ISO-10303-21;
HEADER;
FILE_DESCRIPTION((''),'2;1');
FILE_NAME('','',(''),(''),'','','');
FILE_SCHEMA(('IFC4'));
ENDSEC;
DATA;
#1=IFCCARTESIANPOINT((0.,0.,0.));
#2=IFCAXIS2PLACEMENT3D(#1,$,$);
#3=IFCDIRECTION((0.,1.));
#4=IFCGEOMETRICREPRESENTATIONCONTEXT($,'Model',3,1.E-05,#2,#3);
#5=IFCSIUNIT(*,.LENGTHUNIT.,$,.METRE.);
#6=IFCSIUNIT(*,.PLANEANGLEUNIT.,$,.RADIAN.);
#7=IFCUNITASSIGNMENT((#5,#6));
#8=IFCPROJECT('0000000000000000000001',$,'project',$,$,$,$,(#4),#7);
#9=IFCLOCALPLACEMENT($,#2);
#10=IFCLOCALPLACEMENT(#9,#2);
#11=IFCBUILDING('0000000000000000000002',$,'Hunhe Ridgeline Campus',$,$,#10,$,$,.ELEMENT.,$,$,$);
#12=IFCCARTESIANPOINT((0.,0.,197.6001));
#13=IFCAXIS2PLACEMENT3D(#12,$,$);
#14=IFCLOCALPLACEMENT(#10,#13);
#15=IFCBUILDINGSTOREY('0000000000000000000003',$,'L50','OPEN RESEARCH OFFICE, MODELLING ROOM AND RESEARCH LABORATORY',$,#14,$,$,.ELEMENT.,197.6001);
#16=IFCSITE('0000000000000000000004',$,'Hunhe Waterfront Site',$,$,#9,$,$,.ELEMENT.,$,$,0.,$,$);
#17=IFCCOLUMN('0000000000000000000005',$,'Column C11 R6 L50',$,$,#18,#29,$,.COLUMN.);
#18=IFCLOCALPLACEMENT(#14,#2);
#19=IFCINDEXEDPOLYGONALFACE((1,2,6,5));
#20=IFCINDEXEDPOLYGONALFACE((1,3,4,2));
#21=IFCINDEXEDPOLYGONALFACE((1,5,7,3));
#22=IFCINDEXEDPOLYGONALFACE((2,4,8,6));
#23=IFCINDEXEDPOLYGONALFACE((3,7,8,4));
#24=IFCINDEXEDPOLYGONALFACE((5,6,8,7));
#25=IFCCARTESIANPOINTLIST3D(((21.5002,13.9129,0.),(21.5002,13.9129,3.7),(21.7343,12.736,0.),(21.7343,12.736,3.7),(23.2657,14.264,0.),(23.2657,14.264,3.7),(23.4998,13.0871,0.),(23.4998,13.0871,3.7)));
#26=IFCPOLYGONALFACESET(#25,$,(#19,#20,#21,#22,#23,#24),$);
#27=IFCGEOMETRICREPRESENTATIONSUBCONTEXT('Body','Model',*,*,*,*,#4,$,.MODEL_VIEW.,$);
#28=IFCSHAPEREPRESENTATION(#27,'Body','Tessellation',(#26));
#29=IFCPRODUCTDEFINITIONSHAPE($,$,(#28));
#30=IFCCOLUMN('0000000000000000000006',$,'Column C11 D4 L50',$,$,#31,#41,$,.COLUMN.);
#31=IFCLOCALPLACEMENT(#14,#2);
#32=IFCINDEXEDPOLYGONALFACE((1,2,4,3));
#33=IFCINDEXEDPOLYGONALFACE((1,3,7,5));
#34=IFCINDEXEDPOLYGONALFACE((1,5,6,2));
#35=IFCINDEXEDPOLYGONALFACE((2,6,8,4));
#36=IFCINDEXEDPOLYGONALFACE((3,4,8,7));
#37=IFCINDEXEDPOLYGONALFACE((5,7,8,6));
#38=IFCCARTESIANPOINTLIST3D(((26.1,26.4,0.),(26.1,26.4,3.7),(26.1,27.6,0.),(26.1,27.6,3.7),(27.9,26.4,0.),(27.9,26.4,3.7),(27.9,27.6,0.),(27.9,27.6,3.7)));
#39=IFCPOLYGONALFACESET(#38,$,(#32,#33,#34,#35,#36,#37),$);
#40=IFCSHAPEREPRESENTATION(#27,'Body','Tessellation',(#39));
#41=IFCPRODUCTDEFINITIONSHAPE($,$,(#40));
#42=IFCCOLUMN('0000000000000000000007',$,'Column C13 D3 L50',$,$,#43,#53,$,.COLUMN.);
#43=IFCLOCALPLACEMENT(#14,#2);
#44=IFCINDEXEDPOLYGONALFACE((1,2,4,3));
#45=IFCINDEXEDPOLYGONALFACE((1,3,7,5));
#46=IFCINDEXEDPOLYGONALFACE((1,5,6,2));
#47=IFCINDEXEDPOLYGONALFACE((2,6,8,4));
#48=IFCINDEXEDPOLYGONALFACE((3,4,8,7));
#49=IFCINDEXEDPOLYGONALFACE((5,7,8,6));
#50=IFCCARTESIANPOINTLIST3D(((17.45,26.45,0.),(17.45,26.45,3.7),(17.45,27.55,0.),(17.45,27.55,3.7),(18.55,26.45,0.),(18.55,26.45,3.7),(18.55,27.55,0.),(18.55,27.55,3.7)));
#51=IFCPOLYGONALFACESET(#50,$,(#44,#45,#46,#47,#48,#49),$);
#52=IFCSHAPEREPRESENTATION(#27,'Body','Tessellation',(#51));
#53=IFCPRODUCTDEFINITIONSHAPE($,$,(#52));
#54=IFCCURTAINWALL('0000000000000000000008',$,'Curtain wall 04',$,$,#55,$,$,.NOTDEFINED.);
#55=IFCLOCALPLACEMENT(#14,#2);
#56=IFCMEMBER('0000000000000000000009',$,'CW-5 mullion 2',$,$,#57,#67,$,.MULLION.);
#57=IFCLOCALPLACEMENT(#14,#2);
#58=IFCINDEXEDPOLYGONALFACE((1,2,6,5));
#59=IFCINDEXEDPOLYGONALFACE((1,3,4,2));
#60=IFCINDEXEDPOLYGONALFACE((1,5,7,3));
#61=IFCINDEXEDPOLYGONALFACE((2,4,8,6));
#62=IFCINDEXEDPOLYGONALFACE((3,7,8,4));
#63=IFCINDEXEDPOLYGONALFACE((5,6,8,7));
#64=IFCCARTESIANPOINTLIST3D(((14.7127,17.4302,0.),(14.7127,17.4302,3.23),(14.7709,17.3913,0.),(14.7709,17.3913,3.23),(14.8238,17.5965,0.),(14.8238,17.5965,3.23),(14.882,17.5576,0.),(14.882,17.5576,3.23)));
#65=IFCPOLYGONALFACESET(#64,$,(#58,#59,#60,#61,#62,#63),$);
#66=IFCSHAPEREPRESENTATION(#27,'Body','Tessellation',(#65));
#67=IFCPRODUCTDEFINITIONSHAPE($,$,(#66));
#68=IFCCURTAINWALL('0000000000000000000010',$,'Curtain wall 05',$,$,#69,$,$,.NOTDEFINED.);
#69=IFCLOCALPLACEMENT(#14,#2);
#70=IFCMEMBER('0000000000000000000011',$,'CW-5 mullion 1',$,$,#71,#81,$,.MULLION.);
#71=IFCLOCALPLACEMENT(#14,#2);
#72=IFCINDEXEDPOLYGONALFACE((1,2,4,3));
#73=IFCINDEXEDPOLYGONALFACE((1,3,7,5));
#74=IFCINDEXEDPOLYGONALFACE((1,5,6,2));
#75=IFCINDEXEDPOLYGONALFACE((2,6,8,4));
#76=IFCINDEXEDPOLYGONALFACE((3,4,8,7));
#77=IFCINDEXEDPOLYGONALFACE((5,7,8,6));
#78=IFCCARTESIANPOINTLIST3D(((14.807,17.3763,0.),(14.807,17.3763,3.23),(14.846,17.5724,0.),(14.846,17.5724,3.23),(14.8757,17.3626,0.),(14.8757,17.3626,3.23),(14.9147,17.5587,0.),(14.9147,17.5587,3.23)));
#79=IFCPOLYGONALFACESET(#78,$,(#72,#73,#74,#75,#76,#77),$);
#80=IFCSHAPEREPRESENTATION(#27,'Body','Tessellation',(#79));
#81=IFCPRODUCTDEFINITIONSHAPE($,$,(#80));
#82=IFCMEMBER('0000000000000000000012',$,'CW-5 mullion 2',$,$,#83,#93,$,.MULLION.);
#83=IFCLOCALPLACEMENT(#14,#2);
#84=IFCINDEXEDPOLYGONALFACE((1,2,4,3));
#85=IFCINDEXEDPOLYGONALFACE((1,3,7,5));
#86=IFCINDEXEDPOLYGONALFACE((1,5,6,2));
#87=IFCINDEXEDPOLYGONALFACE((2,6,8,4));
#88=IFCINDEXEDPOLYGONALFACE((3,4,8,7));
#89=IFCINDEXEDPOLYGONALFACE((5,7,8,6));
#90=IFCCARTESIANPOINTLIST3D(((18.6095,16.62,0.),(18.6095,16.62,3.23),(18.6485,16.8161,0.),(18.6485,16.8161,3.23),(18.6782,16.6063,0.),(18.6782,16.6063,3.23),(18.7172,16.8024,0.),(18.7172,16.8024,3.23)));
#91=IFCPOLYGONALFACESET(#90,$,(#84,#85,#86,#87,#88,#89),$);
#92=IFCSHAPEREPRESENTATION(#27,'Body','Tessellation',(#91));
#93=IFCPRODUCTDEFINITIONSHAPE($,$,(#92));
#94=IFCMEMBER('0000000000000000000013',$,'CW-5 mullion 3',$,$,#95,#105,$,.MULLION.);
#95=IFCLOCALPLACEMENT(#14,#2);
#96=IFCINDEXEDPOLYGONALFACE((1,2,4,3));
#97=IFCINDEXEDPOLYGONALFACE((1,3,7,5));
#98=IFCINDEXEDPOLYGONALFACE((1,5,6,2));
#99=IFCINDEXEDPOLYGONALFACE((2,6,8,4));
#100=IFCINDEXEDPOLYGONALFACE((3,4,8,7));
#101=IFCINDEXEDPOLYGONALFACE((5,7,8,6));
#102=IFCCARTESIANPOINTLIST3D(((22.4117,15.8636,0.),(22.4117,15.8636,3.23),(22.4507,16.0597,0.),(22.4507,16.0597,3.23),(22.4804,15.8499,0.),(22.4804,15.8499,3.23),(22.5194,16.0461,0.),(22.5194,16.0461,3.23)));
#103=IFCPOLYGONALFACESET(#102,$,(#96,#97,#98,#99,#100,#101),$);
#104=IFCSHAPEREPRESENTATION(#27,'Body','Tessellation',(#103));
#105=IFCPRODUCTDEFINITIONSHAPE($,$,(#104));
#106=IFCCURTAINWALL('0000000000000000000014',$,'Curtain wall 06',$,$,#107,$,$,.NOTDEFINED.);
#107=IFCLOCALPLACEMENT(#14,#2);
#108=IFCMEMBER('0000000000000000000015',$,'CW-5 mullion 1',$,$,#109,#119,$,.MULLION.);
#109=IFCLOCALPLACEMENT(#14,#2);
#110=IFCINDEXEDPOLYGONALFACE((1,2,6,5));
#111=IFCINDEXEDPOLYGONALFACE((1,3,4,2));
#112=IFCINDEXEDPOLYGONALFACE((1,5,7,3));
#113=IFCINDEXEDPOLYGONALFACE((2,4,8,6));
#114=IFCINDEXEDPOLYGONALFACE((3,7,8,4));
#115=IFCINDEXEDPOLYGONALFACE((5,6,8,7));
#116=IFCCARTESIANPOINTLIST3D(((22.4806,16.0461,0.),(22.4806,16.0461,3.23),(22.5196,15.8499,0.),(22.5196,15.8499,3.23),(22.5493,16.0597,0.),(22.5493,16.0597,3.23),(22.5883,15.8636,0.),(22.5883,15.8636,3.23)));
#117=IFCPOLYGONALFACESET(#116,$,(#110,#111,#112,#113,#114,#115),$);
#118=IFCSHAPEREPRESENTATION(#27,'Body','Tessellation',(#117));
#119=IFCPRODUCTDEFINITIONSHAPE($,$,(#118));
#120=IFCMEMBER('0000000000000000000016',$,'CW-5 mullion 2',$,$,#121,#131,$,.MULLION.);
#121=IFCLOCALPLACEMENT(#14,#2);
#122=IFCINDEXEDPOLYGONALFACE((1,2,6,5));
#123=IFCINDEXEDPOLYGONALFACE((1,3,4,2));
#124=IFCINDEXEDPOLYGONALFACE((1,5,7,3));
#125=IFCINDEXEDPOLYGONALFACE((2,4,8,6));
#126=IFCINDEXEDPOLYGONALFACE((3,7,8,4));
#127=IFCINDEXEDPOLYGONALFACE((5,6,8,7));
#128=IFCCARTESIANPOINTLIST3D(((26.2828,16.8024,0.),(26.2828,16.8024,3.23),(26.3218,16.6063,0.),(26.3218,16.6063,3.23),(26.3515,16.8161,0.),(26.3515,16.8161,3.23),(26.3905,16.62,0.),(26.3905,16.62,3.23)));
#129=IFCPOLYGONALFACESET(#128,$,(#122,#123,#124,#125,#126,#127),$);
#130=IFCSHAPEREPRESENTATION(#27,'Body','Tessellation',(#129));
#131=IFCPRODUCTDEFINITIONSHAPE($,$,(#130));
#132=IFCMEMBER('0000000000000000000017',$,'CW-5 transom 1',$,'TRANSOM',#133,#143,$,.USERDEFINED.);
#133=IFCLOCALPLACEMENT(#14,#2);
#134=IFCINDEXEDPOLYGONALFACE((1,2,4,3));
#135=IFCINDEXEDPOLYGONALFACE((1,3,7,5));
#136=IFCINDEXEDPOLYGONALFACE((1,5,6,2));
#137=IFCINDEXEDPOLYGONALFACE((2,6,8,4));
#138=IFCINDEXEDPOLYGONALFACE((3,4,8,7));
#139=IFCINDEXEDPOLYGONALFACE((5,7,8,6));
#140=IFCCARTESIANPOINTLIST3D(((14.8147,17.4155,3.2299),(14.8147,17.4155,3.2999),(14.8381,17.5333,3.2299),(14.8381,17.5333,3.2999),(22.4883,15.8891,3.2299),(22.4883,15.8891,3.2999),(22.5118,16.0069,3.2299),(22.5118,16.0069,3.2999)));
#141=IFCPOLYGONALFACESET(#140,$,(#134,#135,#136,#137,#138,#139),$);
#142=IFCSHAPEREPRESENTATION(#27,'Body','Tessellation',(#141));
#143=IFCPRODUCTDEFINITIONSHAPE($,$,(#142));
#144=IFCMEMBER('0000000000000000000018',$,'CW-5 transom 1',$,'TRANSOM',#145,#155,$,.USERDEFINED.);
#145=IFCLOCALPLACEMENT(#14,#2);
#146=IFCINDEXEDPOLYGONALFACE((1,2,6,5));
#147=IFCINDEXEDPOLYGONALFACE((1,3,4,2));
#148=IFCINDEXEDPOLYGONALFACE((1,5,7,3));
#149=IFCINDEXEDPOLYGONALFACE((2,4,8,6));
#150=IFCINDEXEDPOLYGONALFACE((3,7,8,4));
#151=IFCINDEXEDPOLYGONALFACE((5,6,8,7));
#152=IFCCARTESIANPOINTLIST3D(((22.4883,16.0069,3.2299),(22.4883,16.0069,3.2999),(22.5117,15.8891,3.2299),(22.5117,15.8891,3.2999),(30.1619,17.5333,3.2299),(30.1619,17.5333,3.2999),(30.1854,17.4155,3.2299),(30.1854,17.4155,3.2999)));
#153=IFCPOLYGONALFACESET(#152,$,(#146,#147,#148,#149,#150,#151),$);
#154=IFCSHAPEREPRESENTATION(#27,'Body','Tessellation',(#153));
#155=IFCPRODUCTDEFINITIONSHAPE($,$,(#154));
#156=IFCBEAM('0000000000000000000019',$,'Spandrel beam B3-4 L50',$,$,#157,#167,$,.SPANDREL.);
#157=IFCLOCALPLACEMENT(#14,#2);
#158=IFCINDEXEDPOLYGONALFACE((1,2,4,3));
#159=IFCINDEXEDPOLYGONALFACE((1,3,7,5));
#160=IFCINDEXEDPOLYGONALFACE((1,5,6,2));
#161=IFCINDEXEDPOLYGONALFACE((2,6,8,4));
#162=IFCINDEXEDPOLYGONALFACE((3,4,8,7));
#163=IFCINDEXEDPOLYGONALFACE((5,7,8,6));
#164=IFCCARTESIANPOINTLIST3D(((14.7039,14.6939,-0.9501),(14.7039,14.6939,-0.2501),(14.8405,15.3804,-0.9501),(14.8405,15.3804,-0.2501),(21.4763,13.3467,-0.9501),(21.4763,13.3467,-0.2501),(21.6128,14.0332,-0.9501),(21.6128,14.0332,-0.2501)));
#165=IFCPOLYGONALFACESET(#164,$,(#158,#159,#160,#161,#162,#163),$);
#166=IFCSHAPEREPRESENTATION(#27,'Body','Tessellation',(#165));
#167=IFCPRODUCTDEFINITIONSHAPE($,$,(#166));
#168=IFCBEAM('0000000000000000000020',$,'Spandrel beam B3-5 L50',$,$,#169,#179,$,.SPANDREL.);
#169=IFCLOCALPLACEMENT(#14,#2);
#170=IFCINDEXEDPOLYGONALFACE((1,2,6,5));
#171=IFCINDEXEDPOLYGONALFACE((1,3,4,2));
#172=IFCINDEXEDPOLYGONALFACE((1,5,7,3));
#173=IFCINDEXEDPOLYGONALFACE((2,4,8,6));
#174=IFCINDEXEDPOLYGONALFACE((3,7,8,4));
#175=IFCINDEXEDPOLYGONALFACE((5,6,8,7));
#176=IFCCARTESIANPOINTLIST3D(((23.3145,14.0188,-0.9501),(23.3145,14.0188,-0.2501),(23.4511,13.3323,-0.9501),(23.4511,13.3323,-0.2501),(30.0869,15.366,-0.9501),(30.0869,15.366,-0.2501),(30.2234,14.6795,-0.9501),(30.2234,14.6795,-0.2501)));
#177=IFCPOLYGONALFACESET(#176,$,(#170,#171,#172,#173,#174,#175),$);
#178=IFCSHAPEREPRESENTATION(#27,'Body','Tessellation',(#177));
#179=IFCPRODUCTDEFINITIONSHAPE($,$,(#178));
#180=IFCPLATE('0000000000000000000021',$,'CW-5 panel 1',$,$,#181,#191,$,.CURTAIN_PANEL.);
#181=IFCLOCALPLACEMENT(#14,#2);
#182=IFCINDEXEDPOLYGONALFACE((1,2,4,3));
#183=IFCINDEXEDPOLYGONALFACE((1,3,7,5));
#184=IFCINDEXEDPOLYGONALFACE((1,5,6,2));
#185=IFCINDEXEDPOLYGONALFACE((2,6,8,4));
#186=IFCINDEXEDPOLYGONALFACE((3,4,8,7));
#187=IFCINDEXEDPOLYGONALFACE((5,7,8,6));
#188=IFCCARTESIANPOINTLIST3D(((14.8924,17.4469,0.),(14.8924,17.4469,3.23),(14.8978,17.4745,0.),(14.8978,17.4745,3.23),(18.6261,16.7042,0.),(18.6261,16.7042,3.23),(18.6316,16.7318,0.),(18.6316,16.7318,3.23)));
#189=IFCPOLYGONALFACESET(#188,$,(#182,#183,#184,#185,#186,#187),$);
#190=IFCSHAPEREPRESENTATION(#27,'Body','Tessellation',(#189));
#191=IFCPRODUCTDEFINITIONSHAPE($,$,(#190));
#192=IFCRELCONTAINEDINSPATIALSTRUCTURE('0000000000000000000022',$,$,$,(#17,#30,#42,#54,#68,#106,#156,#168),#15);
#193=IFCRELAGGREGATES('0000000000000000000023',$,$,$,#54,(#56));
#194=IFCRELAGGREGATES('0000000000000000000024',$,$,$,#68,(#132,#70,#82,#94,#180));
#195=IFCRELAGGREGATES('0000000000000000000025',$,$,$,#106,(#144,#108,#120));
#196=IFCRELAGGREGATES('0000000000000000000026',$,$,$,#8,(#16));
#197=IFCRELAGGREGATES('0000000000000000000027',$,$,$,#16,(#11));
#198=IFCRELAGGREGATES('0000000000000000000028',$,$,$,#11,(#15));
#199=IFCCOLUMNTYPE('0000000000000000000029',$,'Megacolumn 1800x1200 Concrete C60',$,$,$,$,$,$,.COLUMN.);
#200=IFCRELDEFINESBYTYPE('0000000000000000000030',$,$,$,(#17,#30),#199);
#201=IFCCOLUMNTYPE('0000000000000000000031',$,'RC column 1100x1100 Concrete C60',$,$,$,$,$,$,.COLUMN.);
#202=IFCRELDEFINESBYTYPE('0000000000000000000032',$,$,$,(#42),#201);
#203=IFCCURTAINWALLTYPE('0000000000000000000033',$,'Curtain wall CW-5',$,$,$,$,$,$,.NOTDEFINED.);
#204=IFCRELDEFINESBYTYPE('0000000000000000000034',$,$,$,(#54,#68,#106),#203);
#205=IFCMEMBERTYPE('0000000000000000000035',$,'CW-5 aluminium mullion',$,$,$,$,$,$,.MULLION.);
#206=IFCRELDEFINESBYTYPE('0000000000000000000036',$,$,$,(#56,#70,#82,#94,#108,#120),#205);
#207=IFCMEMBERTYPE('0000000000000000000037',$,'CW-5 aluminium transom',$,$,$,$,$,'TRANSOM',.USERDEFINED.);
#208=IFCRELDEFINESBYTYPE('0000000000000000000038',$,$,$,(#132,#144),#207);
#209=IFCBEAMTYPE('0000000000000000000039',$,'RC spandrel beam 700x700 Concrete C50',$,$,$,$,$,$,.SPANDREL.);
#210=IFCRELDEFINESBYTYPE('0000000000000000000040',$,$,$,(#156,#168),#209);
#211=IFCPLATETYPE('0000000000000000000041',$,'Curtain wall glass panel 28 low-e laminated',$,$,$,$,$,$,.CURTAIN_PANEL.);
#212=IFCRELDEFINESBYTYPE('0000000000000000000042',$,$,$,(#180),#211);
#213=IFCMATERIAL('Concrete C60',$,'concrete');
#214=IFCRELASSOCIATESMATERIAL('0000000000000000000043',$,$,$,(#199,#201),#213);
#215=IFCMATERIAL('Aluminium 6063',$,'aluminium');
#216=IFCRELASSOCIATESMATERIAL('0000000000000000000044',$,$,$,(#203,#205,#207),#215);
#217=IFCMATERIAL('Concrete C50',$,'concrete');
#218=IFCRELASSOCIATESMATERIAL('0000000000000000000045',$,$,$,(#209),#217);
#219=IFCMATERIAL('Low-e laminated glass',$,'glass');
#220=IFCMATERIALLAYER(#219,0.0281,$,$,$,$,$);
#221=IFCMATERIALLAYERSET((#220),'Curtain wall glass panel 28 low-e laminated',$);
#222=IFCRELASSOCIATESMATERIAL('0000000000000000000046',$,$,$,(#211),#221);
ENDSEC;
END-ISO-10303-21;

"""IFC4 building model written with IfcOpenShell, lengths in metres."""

from ifc_helpers import new_model, si_unit, direction, frame, origin, origin_2d, place, context, subcontext, project, spatial, rectangle, extrude, material, layer, layer_set, material_profile, profile_set, type_object, element, aggregate, save


model = new_model("IFC4")

# Units and contexts
model_context = context("Model", 3, precision=1e-05, world=origin(), true_north=direction((0.0, 1.0)))
body_context = subcontext(model_context, "Body", "Model", "MODEL_VIEW")
ifc_project = project(units=[si_unit("LENGTHUNIT", "METRE"), si_unit("PLANEANGLEUNIT", "RADIAN")], contexts=[model_context])

# Site, building, storey
site_placement = place(None, origin())
site = spatial("IfcSite", under=ifc_project, at=site_placement, Name="Hunhe Waterfront Site", CompositionType="ELEMENT", RefElevation=0.0)
building_placement = place(site_placement, origin())
building = spatial("IfcBuilding", under=site, at=building_placement, Name="Hunhe Ridgeline Campus", CompositionType="ELEMENT")
storey_placement = place(building_placement, frame((0.0, 0.0, 197.6001)))
storey = spatial("IfcBuildingStorey", under=building, at=storey_placement, Name="L50", Description="OPEN RESEARCH OFFICE, MODELLING ROOM AND RESEARCH LABORATORY", CompositionType="ELEMENT", Elevation=197.6001)

# Columns
ifc_material_1 = material(Name="Concrete C60", Category="concrete")
ifc_material_profile_1 = material_profile(ifc_material_1, rectangle(XDim=1.8, YDim=1.2, at=origin_2d()))
ifc_profile_set_1 = profile_set([ifc_material_profile_1], Name="Concrete C60")
column_type_1 = type_object("IfcColumnType", Name="Megacolumn 1800x1200 Concrete C60", PredefinedType="COLUMN", material=ifc_profile_set_1)
for number, where, z_axis, x_axis, name in (
    (1, (22.5, 13.5, 0.0), (0.0, 0.0, 1.0), (0.980785, 0.19509, 0.0), "Column C11 R6 L50"),
    (2, (27.0, 27.0, 0.0), (0.0, 0.0, 1.0), (1.0, 0.0, 0.0), "Column C11 D4 L50"),
):
    element("IfcColumn", number, at=place(storey_placement, frame(where, z_axis=z_axis, x_axis=x_axis)), inside=storey, type_object=column_type_1, Name=name, PredefinedType="COLUMN", context=body_context, shape_type="SweptSolid", body=[
        extrude(rectangle(XDim=1.8, YDim=1.2, at=origin_2d()), origin(), (0.0, 0.0, 1.0), 3.7),
    ])
ifc_material_profile_2 = material_profile(ifc_material_1, rectangle(XDim=1.1001, YDim=1.1001, at=origin_2d()))
ifc_profile_set_2 = profile_set([ifc_material_profile_2], Name="Concrete C60")
column_type_2 = type_object("IfcColumnType", Name="RC column 1100x1100 Concrete C60", PredefinedType="COLUMN", material=ifc_profile_set_2)
column_placement = place(storey_placement, frame((18.0, 27.0, 0.0), z_axis=(0.0, 0.0, 1.0), x_axis=(1.0, 0.0, 0.0)))
element("IfcColumn", 3, at=column_placement, inside=storey, type_object=column_type_2, Name="Column C13 D3 L50", PredefinedType="COLUMN", context=body_context, shape_type="SweptSolid", body=[
    extrude(rectangle(XDim=1.1001, YDim=1.1001, at=origin_2d()), origin(), (0.0, 0.0, 1.0), 3.7),
])

# Curtain wall, member
ifc_material_2 = material(Name="Aluminium 6063", Category="aluminium")
curtain_wall_type = type_object("IfcCurtainWallType", Name="Curtain wall CW-5", PredefinedType="NOTDEFINED", material=ifc_material_2)
curtain_wall_1_placement = place(storey_placement, origin())
curtain_wall_1 = element("IfcCurtainWall", 4, at=curtain_wall_1_placement, inside=storey, type_object=curtain_wall_type, Name="Curtain wall 04", PredefinedType="NOTDEFINED")
ifc_material_profile_3 = material_profile(ifc_material_2, rectangle(XDim=0.2, YDim=0.0701, at=origin_2d()))
ifc_profile_set_3 = profile_set([ifc_material_profile_3], Name="Aluminium 6063")
member_type_1 = type_object("IfcMemberType", Name="CW-5 aluminium mullion", PredefinedType="MULLION", material=ifc_profile_set_3)
member_1_placement = place(storey_placement, frame((14.7974, 17.4939, 0.0), z_axis=(0.0, 0.0, 1.0), x_axis=(0.55557, 0.83147, 0.0)))
member_1 = element("IfcMember", 5, at=member_1_placement, type_object=member_type_1, Name="CW-5 mullion 2", PredefinedType="MULLION", context=body_context, shape_type="SweptSolid", body=[
    extrude(rectangle(XDim=0.2, YDim=0.0701, at=origin_2d()), origin(), (0.0, 0.0, 1.0), 3.23),
])
aggregate(curtain_wall_1, [member_1])

# Curtain walls, members
curtain_wall_2_placement = place(storey_placement, origin())
curtain_wall_2 = element("IfcCurtainWall", 6, at=curtain_wall_2_placement, inside=storey, type_object=curtain_wall_type, Name="Curtain wall 05", PredefinedType="NOTDEFINED")
member_2_placement = place(storey_placement, frame((14.8608, 17.4675, 0.0), z_axis=(0.0, 0.0, 1.0), x_axis=(0.19509, 0.980785, 0.0)))
member_2 = element("IfcMember", 7, at=member_2_placement, type_object=member_type_1, Name="CW-5 mullion 1", PredefinedType="MULLION", context=body_context, shape_type="SweptSolid", body=[
    extrude(rectangle(XDim=0.2, YDim=0.0701, at=origin_2d()), origin(), (0.0, 0.0, 1.0), 3.23),
])
member_3_placement = place(storey_placement, frame((18.6633, 16.7112, 0.0), z_axis=(0.0, 0.0, 1.0), x_axis=(0.19509, 0.980785, 0.0)))
member_3 = element("IfcMember", 8, at=member_3_placement, type_object=member_type_1, Name="CW-5 mullion 2", PredefinedType="MULLION", context=body_context, shape_type="SweptSolid", body=[
    extrude(rectangle(XDim=0.2, YDim=0.0701, at=origin_2d()), origin(), (0.0, 0.0, 1.0), 3.23),
])
member_4_placement = place(storey_placement, frame((22.4656, 15.9548, 0.0), z_axis=(0.0, 0.0, 1.0), x_axis=(0.19509, 0.980785, 0.0)))
member_4 = element("IfcMember", 9, at=member_4_placement, type_object=member_type_1, Name="CW-5 mullion 3", PredefinedType="MULLION", context=body_context, shape_type="SweptSolid", body=[
    extrude(rectangle(XDim=0.2, YDim=0.0701, at=origin_2d()), origin(), (0.0, 0.0, 1.0), 3.23),
])
curtain_wall_3_placement = place(storey_placement, origin())
curtain_wall_3 = element("IfcCurtainWall", 10, at=curtain_wall_3_placement, inside=storey, type_object=curtain_wall_type, Name="Curtain wall 06", PredefinedType="NOTDEFINED")
member_5_placement = place(storey_placement, frame((22.5344, 15.9548, 0.0), z_axis=(0.0, 0.0, 1.0), x_axis=(-0.19509, 0.980785, 0.0)))
member_5 = element("IfcMember", 11, at=member_5_placement, type_object=member_type_1, Name="CW-5 mullion 1", PredefinedType="MULLION", context=body_context, shape_type="SweptSolid", body=[
    extrude(rectangle(XDim=0.2, YDim=0.0701, at=origin_2d()), origin(), (0.0, 0.0, 1.0), 3.23),
])
member_6_placement = place(storey_placement, frame((26.3367, 16.7112, 0.0), z_axis=(0.0, 0.0, 1.0), x_axis=(-0.19509, 0.980785, 0.0)))
member_6 = element("IfcMember", 12, at=member_6_placement, type_object=member_type_1, Name="CW-5 mullion 2", PredefinedType="MULLION", context=body_context, shape_type="SweptSolid", body=[
    extrude(rectangle(XDim=0.2, YDim=0.0701, at=origin_2d()), origin(), (0.0, 0.0, 1.0), 3.23),
])

# Members
ifc_material_profile_4 = material_profile(ifc_material_2, rectangle(XDim=0.1201, YDim=0.0701, at=origin_2d()))
ifc_profile_set_4 = profile_set([ifc_material_profile_4], Name="Aluminium 6063")
member_type_2 = type_object("IfcMemberType", Name="CW-5 aluminium transom", ElementType="TRANSOM", PredefinedType="USERDEFINED", material=ifc_profile_set_4)
member_7_placement = place(storey_placement, frame((14.8264, 17.4744, 3.2649), z_axis=(0.980785, -0.19509, 0.0), x_axis=(0.19509, 0.980785, 0.0)))
member_7 = element("IfcMember", 13, at=member_7_placement, type_object=member_type_2, Name="CW-5 transom 1", ObjectType="TRANSOM", PredefinedType="USERDEFINED", context=body_context, shape_type="SweptSolid", body=[
    extrude(rectangle(XDim=0.1201, YDim=0.0701, at=origin_2d()), origin(), (0.0, 0.0, 1.0), 7.824),
])
member_8_placement = place(storey_placement, frame((22.5, 15.948, 3.2649), z_axis=(0.980785, 0.19509, 0.0), x_axis=(-0.19509, 0.980785, 0.0)))
member_8 = element("IfcMember", 14, at=member_8_placement, type_object=member_type_2, Name="CW-5 transom 1", ObjectType="TRANSOM", PredefinedType="USERDEFINED", context=body_context, shape_type="SweptSolid", body=[
    extrude(rectangle(XDim=0.1201, YDim=0.0701, at=origin_2d()), origin(), (0.0, 0.0, 1.0), 7.824),
])

# Beams
ifc_material_3 = material(Name="Concrete C50", Category="concrete")
ifc_material_profile_5 = material_profile(ifc_material_3, rectangle(XDim=0.7, YDim=0.7, at=origin_2d()))
ifc_profile_set_5 = profile_set([ifc_material_profile_5], Name="Concrete C50")
beam_type = type_object("IfcBeamType", Name="RC spandrel beam 700x700 Concrete C50", PredefinedType="SPANDREL", material=ifc_profile_set_5)
for number, where, z_axis, x_axis, name in (
    (15, (14.7722, 15.0371, -0.6001), (0.980784, -0.195096, 0.0), (0.195096, 0.980784, 0.0), "Spandrel beam B3-4 L50"),
    (16, (23.3828, 13.6755, -0.6001), (0.980783, 0.195103, 0.0), (-0.195103, 0.980783, 0.0), "Spandrel beam B3-5 L50"),
):
    element("IfcBeam", number, at=place(storey_placement, frame(where, z_axis=z_axis, x_axis=x_axis)), inside=storey, type_object=beam_type, Name=name, PredefinedType="SPANDREL", context=body_context, shape_type="SweptSolid", body=[
        extrude(rectangle(XDim=0.7, YDim=0.7, at=origin_2d()), origin(), (0.0, 0.0, 1.0), 6.905),
    ])

# Plate
ifc_material_4 = material(Name="Low-e laminated glass", Category="glass")
ifc_layer_1 = layer(ifc_material_4, 0.0281)
ifc_layer_set_1 = layer_set([ifc_layer_1], Name="Curtain wall glass panel 28 low-e laminated")
plate_type = type_object("IfcPlateType", Name="Curtain wall glass panel 28 low-e laminated", PredefinedType="CURTAIN_PANEL", material=ifc_layer_set_1)
plate_1_placement = place(storey_placement, frame((16.762, 17.0894, 0.0), z_axis=(0.0, 0.0, 1.0), x_axis=(0.980785, -0.19509, 0.0)))
plate_1 = element("IfcPlate", 17, at=plate_1_placement, type_object=plate_type, Name="CW-5 panel 1", PredefinedType="CURTAIN_PANEL", context=body_context, shape_type="SweptSolid", body=[
    extrude(rectangle(XDim=3.8069, YDim=0.0281, at=origin_2d()), origin(), (0.0, 0.0, 1.0), 3.23),
])
aggregate(curtain_wall_2, [member_7, member_2, member_3, member_4, plate_1])
aggregate(curtain_wall_3, [member_8, member_5, member_6])

save(model, "model.ifc")
